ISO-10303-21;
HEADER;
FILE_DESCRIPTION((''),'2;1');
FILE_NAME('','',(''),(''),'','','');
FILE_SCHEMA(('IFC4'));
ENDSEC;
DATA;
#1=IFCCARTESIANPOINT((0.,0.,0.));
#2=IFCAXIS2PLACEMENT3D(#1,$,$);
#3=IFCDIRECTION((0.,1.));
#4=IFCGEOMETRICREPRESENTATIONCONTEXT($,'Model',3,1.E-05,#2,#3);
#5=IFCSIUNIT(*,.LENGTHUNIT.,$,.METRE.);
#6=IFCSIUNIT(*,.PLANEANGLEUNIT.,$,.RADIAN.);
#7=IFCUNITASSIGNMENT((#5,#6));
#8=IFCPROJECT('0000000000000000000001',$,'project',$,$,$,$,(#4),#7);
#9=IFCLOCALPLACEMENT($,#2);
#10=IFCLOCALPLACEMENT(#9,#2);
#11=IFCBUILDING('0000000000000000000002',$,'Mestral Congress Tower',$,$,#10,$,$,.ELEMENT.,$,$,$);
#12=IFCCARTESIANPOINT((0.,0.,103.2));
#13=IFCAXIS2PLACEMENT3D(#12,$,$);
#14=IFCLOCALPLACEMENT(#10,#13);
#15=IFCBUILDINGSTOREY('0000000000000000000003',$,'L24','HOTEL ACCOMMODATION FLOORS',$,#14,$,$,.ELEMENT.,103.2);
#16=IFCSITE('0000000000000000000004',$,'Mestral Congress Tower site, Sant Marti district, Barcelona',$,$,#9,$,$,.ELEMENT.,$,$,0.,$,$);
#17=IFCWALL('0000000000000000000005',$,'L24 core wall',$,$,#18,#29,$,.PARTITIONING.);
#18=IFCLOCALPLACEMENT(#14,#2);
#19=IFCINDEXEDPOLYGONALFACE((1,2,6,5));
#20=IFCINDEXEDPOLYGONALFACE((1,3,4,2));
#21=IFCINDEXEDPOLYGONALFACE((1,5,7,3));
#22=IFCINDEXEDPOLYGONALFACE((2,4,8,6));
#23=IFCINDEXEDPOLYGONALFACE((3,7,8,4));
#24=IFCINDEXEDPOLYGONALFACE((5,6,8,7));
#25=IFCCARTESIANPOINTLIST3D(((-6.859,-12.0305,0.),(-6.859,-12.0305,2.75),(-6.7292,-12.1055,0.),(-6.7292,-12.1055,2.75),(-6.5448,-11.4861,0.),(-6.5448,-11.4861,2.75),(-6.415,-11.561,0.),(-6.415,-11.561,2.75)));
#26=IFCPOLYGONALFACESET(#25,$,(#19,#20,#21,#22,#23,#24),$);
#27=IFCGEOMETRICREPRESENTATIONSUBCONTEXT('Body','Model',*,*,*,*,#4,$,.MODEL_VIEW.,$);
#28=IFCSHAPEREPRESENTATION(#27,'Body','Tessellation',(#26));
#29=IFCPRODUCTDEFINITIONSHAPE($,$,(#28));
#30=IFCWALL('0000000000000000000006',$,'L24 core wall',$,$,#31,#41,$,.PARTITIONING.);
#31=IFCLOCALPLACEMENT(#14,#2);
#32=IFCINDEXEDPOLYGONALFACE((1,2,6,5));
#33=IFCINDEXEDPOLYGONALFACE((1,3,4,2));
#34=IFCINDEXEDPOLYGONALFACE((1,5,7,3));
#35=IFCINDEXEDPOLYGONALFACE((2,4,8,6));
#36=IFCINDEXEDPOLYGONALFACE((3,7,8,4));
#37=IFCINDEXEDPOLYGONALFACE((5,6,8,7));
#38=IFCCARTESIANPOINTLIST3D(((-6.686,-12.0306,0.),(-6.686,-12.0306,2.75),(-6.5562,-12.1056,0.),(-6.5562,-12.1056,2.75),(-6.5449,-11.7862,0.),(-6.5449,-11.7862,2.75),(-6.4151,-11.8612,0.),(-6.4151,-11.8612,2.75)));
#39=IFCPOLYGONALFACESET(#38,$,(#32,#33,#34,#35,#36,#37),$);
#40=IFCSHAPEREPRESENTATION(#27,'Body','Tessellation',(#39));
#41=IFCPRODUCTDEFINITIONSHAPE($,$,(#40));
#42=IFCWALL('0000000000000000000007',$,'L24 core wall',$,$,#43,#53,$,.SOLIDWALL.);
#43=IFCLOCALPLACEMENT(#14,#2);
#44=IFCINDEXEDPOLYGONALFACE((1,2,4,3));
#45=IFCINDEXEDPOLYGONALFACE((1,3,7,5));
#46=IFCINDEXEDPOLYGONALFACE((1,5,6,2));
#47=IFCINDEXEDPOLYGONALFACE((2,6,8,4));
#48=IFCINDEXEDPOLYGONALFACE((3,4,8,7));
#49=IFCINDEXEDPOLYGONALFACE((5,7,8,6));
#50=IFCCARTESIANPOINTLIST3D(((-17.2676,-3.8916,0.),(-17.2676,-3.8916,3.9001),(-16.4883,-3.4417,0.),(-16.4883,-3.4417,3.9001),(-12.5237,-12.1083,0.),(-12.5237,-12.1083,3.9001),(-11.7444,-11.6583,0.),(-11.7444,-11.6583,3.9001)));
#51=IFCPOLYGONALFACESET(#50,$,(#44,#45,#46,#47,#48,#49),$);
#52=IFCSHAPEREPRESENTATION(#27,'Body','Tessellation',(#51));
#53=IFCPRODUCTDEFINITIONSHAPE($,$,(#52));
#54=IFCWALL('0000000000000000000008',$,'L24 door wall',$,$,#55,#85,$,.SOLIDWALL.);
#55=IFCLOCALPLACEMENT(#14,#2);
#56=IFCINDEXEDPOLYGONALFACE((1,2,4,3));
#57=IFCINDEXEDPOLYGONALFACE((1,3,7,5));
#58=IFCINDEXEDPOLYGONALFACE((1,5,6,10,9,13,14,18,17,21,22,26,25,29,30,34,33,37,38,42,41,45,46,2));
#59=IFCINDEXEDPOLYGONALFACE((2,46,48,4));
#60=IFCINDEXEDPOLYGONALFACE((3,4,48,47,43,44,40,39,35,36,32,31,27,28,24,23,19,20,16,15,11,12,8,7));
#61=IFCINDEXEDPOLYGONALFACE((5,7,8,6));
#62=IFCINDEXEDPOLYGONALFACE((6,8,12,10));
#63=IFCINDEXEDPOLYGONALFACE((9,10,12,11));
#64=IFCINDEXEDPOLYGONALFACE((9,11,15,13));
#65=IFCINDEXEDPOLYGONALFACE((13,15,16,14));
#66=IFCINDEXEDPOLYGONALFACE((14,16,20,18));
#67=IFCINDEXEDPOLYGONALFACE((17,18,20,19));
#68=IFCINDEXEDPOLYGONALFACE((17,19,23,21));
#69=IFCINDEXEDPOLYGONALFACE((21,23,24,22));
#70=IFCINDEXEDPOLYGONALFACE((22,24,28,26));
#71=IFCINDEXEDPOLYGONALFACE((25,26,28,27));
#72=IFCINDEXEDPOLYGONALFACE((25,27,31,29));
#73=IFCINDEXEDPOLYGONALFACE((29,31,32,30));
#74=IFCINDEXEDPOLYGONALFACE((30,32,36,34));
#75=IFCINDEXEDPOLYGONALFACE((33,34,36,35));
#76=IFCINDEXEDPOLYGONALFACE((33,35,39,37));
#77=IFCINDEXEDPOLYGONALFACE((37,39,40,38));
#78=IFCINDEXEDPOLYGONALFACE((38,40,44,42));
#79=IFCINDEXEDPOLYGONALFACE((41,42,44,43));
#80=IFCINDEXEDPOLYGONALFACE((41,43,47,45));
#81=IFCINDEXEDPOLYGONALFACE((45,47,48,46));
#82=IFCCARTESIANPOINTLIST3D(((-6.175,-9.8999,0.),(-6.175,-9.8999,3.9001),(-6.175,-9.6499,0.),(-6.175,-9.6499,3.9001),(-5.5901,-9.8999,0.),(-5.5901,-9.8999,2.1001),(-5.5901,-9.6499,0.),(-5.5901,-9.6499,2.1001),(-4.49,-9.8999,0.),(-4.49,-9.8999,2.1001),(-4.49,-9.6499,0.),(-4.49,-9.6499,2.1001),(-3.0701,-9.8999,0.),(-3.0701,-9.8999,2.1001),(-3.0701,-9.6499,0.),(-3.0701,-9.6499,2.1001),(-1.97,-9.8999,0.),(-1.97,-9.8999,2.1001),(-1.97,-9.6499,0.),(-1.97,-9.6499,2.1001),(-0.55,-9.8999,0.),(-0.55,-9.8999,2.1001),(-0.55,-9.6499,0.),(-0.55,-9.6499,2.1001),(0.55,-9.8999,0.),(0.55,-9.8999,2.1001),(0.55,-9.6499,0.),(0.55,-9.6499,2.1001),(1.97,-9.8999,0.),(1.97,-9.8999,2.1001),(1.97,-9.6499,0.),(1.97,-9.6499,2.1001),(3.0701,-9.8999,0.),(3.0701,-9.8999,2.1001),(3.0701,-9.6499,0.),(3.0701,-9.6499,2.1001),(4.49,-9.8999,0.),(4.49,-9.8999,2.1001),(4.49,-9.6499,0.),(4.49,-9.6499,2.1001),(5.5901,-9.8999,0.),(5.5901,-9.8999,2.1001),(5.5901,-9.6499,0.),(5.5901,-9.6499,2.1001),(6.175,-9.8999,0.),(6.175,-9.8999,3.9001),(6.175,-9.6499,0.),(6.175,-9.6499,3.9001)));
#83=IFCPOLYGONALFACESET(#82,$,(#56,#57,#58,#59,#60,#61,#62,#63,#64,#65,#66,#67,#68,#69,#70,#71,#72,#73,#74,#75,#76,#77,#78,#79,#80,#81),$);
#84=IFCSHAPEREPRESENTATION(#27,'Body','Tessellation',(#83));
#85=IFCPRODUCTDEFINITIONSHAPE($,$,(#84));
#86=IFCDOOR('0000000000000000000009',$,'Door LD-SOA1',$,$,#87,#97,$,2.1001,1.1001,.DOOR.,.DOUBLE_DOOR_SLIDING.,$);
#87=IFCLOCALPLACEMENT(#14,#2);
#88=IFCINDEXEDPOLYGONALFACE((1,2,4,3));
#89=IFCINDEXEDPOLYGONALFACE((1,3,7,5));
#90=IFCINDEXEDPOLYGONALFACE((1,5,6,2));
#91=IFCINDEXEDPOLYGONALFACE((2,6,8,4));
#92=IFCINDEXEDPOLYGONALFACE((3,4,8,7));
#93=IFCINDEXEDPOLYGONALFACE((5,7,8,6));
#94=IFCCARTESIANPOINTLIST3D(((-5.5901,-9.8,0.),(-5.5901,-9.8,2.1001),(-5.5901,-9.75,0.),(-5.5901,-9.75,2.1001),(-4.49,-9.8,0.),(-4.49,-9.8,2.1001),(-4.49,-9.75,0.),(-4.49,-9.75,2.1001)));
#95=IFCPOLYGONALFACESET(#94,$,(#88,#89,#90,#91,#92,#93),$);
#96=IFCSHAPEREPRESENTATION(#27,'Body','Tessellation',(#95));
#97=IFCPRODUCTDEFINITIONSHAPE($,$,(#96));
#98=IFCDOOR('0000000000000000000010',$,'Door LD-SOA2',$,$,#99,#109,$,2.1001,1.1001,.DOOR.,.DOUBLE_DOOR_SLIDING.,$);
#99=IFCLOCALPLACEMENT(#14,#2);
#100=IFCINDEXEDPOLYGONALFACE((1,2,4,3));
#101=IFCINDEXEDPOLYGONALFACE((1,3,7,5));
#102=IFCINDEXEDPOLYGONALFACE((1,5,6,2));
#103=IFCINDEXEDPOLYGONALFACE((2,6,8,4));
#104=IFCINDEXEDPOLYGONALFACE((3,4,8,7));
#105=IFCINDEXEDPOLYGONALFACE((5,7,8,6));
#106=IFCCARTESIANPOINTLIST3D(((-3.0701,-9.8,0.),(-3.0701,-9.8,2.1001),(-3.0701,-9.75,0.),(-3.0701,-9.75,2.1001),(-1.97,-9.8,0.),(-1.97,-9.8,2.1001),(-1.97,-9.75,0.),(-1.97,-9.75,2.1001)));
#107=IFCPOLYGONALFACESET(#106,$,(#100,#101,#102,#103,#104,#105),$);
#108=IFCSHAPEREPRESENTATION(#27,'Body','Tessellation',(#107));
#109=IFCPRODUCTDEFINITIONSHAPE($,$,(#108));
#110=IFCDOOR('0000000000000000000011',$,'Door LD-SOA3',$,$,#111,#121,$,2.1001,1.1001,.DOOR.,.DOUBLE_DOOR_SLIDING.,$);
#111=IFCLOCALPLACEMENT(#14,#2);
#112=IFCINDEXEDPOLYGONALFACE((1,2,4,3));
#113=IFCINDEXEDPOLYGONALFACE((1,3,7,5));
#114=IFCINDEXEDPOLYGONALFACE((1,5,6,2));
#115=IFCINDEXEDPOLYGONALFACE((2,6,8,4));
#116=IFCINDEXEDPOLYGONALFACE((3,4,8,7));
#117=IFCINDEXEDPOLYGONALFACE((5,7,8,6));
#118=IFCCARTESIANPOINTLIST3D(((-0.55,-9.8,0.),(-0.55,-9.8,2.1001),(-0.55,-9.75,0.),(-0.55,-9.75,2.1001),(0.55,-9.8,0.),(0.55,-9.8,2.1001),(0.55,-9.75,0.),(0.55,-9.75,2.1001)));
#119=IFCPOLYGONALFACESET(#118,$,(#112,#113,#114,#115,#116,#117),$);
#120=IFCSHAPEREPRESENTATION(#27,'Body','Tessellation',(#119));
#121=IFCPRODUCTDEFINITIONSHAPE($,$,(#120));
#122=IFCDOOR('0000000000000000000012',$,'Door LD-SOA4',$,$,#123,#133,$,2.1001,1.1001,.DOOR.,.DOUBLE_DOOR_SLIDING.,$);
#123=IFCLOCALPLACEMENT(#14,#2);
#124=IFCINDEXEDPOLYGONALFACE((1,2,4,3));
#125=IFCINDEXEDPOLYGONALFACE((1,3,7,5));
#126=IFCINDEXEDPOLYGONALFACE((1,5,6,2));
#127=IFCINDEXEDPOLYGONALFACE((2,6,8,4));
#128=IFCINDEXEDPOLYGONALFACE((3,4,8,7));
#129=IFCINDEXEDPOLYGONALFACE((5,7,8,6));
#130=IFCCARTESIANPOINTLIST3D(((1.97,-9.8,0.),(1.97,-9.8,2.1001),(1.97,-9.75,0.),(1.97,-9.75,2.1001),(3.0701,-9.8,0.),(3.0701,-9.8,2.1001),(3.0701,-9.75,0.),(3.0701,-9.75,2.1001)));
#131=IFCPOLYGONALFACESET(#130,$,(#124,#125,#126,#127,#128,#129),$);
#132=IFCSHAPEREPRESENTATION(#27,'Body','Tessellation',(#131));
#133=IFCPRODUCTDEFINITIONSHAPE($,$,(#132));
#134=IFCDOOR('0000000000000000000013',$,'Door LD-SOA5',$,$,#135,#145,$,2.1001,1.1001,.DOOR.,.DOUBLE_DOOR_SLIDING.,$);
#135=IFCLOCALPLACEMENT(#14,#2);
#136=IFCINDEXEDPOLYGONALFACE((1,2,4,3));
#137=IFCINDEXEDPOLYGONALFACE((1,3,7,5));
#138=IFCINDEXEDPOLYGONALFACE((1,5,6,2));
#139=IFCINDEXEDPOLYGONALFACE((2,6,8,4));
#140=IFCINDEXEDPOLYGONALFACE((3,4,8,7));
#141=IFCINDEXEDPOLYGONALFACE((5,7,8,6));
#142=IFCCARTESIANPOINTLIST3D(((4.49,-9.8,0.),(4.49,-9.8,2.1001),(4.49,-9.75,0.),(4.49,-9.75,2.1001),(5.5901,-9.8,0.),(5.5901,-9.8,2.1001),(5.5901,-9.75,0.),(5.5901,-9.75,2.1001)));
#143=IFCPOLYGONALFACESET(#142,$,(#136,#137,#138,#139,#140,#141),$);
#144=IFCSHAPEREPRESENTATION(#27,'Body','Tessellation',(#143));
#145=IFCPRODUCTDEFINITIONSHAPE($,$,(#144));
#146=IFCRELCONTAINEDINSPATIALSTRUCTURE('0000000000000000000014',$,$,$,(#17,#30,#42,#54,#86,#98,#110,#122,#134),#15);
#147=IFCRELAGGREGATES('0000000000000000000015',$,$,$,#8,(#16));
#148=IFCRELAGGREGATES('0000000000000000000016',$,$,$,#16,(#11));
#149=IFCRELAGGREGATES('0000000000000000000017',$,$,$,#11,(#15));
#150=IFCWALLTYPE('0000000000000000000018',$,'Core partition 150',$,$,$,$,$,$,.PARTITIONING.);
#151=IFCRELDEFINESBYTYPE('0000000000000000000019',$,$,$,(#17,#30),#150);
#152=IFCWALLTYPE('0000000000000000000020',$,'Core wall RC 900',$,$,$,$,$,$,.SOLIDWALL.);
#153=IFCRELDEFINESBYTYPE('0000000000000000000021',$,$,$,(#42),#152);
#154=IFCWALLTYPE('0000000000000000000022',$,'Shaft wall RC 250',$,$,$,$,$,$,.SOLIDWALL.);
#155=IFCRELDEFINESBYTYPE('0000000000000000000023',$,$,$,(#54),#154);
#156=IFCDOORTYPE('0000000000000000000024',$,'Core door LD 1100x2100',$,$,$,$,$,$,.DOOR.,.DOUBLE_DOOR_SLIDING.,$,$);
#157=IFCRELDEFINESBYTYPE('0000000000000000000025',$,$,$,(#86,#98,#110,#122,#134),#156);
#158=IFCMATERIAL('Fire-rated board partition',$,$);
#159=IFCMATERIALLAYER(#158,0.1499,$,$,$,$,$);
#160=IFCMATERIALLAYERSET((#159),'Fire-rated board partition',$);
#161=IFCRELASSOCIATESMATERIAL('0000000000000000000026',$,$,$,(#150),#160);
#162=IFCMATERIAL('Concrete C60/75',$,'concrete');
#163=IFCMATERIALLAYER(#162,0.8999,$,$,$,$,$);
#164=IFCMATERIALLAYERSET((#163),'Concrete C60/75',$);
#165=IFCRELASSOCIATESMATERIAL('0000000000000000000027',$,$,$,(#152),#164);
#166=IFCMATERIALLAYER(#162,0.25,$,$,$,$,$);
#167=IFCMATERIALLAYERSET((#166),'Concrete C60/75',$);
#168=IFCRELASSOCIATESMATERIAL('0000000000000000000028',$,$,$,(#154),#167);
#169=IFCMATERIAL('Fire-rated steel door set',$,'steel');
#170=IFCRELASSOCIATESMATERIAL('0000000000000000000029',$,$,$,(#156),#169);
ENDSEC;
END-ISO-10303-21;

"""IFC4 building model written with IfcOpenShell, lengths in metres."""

from ifc_helpers import new_model, si_unit, direction, frame, frame_2d, origin, place, context, subcontext, project, spatial, rectangle, extrude, material, layer, layer_set, type_object, element, fill, save


model = new_model("IFC4")

# Units and contexts
model_context = context("Model", 3, precision=1e-05, world=origin(), true_north=direction((0.0, 1.0)))
body_context = subcontext(model_context, "Body", "Model", "MODEL_VIEW")
ifc_project = project(units=[si_unit("LENGTHUNIT", "METRE"), si_unit("PLANEANGLEUNIT", "RADIAN")], contexts=[model_context])

# Site, building, storey
site_placement = place(None, origin())
site = spatial("IfcSite", under=ifc_project, at=site_placement, Name="Mestral Congress Tower site, Sant Marti district, Barcelona", CompositionType="ELEMENT", RefElevation=0.0)
building_placement = place(site_placement, origin())
building = spatial("IfcBuilding", under=site, at=building_placement, Name="Mestral Congress Tower", CompositionType="ELEMENT")
storey_placement = place(building_placement, frame((0.0, 0.0, 103.2)))
storey = spatial("IfcBuildingStorey", under=building, at=storey_placement, Name="L24", Description="HOTEL ACCOMMODATION FLOORS", CompositionType="ELEMENT", Elevation=103.2)

# Walls
ifc_material_1 = material(Name="Fire-rated board partition")
ifc_layer_1 = layer(ifc_material_1, 0.1499)
ifc_layer_set_1 = layer_set([ifc_layer_1], Name="Fire-rated board partition")
wall_type_1 = type_object("IfcWallType", Name="Core partition 150", PredefinedType="PARTITIONING", material=ifc_layer_set_1)
wall_1_placement = place(storey_placement, frame((-6.7942, -12.0681, 0.0), z_axis=(0.0, 0.0, 1.0), x_axis=(0.499857, 0.866108, 0.0)))
element("IfcWall", 1, at=wall_1_placement, inside=storey, type_object=wall_type_1, Name="L24 core wall", PredefinedType="PARTITIONING", context=body_context, shape_type="SweptSolid", body=[
    extrude(rectangle(XDim=0.6287, YDim=0.1499, at=frame_2d((0.3145, 0.0))), origin(), (0.0, 0.0, 1.0), 2.75),
])
wall_2_placement = place(storey_placement, frame((-6.6211, -12.0681, 0.0), z_axis=(0.0, 0.0, 1.0), x_axis=(0.500047, 0.865998, 0.0)))
element("IfcWall", 2, at=wall_2_placement, inside=storey, type_object=wall_type_1, Name="L24 core wall", PredefinedType="PARTITIONING", context=body_context, shape_type="SweptSolid", body=[
    extrude(rectangle(XDim=0.2822, YDim=0.1499, at=frame_2d((0.1411, 0.0))), origin(), (0.0, 0.0, 1.0), 2.75),
])
ifc_material_2 = material(Name="Concrete C60/75", Category="concrete")
ifc_layer_2 = layer(ifc_material_2, 0.8999)
ifc_layer_set_2 = layer_set([ifc_layer_2], Name="Concrete C60/75")
wall_type_2 = type_object("IfcWallType", Name="Core wall RC 900", PredefinedType="SOLIDWALL", material=ifc_layer_set_2)
wall_3_placement = place(storey_placement, frame((-12.134, -11.8833, 0.0), z_axis=(0.0, 0.0, 1.0), x_axis=(-0.500005, 0.866022, 0.0)))
element("IfcWall", 3, at=wall_3_placement, inside=storey, type_object=wall_type_2, Name="L24 core wall", PredefinedType="SOLIDWALL", context=body_context, shape_type="SweptSolid", body=[
    extrude(rectangle(XDim=9.4878, YDim=0.8999, at=frame_2d((4.7439, 0.0))), origin(), (0.0, 0.0, 1.0), 3.9001),
])

# Wall, openings, doors
ifc_layer_3 = layer(ifc_material_2, 0.25)
ifc_layer_set_3 = layer_set([ifc_layer_3], Name="Concrete C60/75")
wall_type_3 = type_object("IfcWallType", Name="Shaft wall RC 250", PredefinedType="SOLIDWALL", material=ifc_layer_set_3)
wall_4_placement = place(storey_placement, frame((-6.175, -9.7749, 0.0), z_axis=(0.0, 0.0, 1.0), x_axis=(1.0, 0.0, 0.0)))
wall_4 = element("IfcWall", 4, at=wall_4_placement, inside=storey, type_object=wall_type_3, Name="L24 door wall", PredefinedType="SOLIDWALL", context=body_context, shape_type="SweptSolid", body=[
    extrude(rectangle(XDim=12.3501, YDim=0.25, at=frame_2d((6.175, 0.0))), origin(), (0.0, 0.0, 1.0), 3.9001),
])
opening_1_placement = place(wall_4_placement, frame((0.585, 0.0, 0.0)))
opening_1 = element("IfcOpeningElement", 5, at=opening_1_placement, cuts=wall_4, PredefinedType="OPENING", context=body_context, shape_type="SweptSolid", body=[
    extrude(rectangle(XDim=1.1001, YDim=2.1001, at=frame_2d((0.55, 1.05))), frame((0.0, 0.135, 0.0), z_axis=(0.0, -1.0, 0.0), x_axis=(1.0, 0.0, 0.0)), (0.0, 0.0, 1.0), 0.27),
])
opening_2_placement = place(wall_4_placement, frame((3.105, 0.0, 0.0)))
opening_2 = element("IfcOpeningElement", 6, at=opening_2_placement, cuts=wall_4, PredefinedType="OPENING", context=body_context, shape_type="SweptSolid", body=[
    extrude(rectangle(XDim=1.1001, YDim=2.1001, at=frame_2d((0.55, 1.05))), frame((0.0, 0.135, 0.0), z_axis=(0.0, -1.0, 0.0), x_axis=(1.0, 0.0, 0.0)), (0.0, 0.0, 1.0), 0.27),
])
opening_3_placement = place(wall_4_placement, frame((5.625, 0.0, 0.0)))
opening_3 = element("IfcOpeningElement", 7, at=opening_3_placement, cuts=wall_4, PredefinedType="OPENING", context=body_context, shape_type="SweptSolid", body=[
    extrude(rectangle(XDim=1.1001, YDim=2.1001, at=frame_2d((0.55, 1.05))), frame((0.0, 0.135, 0.0), z_axis=(0.0, -1.0, 0.0), x_axis=(1.0, 0.0, 0.0)), (0.0, 0.0, 1.0), 0.27),
])
opening_4_placement = place(wall_4_placement, frame((8.145, 0.0, 0.0)))
opening_4 = element("IfcOpeningElement", 8, at=opening_4_placement, cuts=wall_4, PredefinedType="OPENING", context=body_context, shape_type="SweptSolid", body=[
    extrude(rectangle(XDim=1.1001, YDim=2.1001, at=frame_2d((0.55, 1.05))), frame((0.0, 0.135, 0.0), z_axis=(0.0, -1.0, 0.0), x_axis=(1.0, 0.0, 0.0)), (0.0, 0.0, 1.0), 0.27),
])
opening_5_placement = place(wall_4_placement, frame((10.665, 0.0, 0.0)))
opening_5 = element("IfcOpeningElement", 9, at=opening_5_placement, cuts=wall_4, PredefinedType="OPENING", context=body_context, shape_type="SweptSolid", body=[
    extrude(rectangle(XDim=1.1001, YDim=2.1001, at=frame_2d((0.55, 1.05))), frame((0.0, 0.135, 0.0), z_axis=(0.0, -1.0, 0.0), x_axis=(1.0, 0.0, 0.0)), (0.0, 0.0, 1.0), 0.27),
])
ifc_material_3 = material(Name="Fire-rated steel door set", Category="steel")
door_type_1 = type_object("IfcDoorType", Name="Core door LD 1100x2100", OperationType="DOUBLE_DOOR_SLIDING", PredefinedType="DOOR", material=ifc_material_3)
door_1_placement = place(opening_1_placement, origin())
door_1 = element("IfcDoor", 10, at=door_1_placement, inside=storey, type_object=door_type_1, Name="Door LD-SOA1", OperationType="DOUBLE_DOOR_SLIDING", OverallHeight=2.1001, OverallWidth=1.1001, PredefinedType="DOOR", context=body_context, shape_type="SweptSolid", body=[
    extrude(rectangle(XDim=1.1001, YDim=2.1001, at=frame_2d((0.55, 1.05))), frame((0.0, 0.0249, 0.0), z_axis=(0.0, -1.0, 0.0), x_axis=(1.0, 0.0, 0.0)), (0.0, 0.0, 1.0), 0.05),
])
fill(opening_1, door_1)
door_2_placement = place(opening_2_placement, origin())
door_2 = element("IfcDoor", 11, at=door_2_placement, inside=storey, type_object=door_type_1, Name="Door LD-SOA2", OperationType="DOUBLE_DOOR_SLIDING", OverallHeight=2.1001, OverallWidth=1.1001, PredefinedType="DOOR", context=body_context, shape_type="SweptSolid", body=[
    extrude(rectangle(XDim=1.1001, YDim=2.1001, at=frame_2d((0.55, 1.05))), frame((0.0, 0.0249, 0.0), z_axis=(0.0, -1.0, 0.0), x_axis=(1.0, 0.0, 0.0)), (0.0, 0.0, 1.0), 0.05),
])
fill(opening_2, door_2)
door_3_placement = place(opening_3_placement, origin())
door_3 = element("IfcDoor", 12, at=door_3_placement, inside=storey, type_object=door_type_1, Name="Door LD-SOA3", OperationType="DOUBLE_DOOR_SLIDING", OverallHeight=2.1001, OverallWidth=1.1001, PredefinedType="DOOR", context=body_context, shape_type="SweptSolid", body=[
    extrude(rectangle(XDim=1.1001, YDim=2.1001, at=frame_2d((0.55, 1.05))), frame((0.0, 0.0249, 0.0), z_axis=(0.0, -1.0, 0.0), x_axis=(1.0, 0.0, 0.0)), (0.0, 0.0, 1.0), 0.05),
])
fill(opening_3, door_3)
door_4_placement = place(opening_4_placement, origin())
door_4 = element("IfcDoor", 13, at=door_4_placement, inside=storey, type_object=door_type_1, Name="Door LD-SOA4", OperationType="DOUBLE_DOOR_SLIDING", OverallHeight=2.1001, OverallWidth=1.1001, PredefinedType="DOOR", context=body_context, shape_type="SweptSolid", body=[
    extrude(rectangle(XDim=1.1001, YDim=2.1001, at=frame_2d((0.55, 1.05))), frame((0.0, 0.0249, 0.0), z_axis=(0.0, -1.0, 0.0), x_axis=(1.0, 0.0, 0.0)), (0.0, 0.0, 1.0), 0.05),
])
fill(opening_4, door_4)
door_5_placement = place(opening_5_placement, origin())
door_5 = element("IfcDoor", 14, at=door_5_placement, inside=storey, type_object=door_type_1, Name="Door LD-SOA5", OperationType="DOUBLE_DOOR_SLIDING", OverallHeight=2.1001, OverallWidth=1.1001, PredefinedType="DOOR", context=body_context, shape_type="SweptSolid", body=[
    extrude(rectangle(XDim=1.1001, YDim=2.1001, at=frame_2d((0.55, 1.05))), frame((0.0, 0.0249, 0.0), z_axis=(0.0, -1.0, 0.0), x_axis=(1.0, 0.0, 0.0)), (0.0, 0.0, 1.0), 0.05),
])
fill(opening_5, door_5)

save(model, "model.ifc")
